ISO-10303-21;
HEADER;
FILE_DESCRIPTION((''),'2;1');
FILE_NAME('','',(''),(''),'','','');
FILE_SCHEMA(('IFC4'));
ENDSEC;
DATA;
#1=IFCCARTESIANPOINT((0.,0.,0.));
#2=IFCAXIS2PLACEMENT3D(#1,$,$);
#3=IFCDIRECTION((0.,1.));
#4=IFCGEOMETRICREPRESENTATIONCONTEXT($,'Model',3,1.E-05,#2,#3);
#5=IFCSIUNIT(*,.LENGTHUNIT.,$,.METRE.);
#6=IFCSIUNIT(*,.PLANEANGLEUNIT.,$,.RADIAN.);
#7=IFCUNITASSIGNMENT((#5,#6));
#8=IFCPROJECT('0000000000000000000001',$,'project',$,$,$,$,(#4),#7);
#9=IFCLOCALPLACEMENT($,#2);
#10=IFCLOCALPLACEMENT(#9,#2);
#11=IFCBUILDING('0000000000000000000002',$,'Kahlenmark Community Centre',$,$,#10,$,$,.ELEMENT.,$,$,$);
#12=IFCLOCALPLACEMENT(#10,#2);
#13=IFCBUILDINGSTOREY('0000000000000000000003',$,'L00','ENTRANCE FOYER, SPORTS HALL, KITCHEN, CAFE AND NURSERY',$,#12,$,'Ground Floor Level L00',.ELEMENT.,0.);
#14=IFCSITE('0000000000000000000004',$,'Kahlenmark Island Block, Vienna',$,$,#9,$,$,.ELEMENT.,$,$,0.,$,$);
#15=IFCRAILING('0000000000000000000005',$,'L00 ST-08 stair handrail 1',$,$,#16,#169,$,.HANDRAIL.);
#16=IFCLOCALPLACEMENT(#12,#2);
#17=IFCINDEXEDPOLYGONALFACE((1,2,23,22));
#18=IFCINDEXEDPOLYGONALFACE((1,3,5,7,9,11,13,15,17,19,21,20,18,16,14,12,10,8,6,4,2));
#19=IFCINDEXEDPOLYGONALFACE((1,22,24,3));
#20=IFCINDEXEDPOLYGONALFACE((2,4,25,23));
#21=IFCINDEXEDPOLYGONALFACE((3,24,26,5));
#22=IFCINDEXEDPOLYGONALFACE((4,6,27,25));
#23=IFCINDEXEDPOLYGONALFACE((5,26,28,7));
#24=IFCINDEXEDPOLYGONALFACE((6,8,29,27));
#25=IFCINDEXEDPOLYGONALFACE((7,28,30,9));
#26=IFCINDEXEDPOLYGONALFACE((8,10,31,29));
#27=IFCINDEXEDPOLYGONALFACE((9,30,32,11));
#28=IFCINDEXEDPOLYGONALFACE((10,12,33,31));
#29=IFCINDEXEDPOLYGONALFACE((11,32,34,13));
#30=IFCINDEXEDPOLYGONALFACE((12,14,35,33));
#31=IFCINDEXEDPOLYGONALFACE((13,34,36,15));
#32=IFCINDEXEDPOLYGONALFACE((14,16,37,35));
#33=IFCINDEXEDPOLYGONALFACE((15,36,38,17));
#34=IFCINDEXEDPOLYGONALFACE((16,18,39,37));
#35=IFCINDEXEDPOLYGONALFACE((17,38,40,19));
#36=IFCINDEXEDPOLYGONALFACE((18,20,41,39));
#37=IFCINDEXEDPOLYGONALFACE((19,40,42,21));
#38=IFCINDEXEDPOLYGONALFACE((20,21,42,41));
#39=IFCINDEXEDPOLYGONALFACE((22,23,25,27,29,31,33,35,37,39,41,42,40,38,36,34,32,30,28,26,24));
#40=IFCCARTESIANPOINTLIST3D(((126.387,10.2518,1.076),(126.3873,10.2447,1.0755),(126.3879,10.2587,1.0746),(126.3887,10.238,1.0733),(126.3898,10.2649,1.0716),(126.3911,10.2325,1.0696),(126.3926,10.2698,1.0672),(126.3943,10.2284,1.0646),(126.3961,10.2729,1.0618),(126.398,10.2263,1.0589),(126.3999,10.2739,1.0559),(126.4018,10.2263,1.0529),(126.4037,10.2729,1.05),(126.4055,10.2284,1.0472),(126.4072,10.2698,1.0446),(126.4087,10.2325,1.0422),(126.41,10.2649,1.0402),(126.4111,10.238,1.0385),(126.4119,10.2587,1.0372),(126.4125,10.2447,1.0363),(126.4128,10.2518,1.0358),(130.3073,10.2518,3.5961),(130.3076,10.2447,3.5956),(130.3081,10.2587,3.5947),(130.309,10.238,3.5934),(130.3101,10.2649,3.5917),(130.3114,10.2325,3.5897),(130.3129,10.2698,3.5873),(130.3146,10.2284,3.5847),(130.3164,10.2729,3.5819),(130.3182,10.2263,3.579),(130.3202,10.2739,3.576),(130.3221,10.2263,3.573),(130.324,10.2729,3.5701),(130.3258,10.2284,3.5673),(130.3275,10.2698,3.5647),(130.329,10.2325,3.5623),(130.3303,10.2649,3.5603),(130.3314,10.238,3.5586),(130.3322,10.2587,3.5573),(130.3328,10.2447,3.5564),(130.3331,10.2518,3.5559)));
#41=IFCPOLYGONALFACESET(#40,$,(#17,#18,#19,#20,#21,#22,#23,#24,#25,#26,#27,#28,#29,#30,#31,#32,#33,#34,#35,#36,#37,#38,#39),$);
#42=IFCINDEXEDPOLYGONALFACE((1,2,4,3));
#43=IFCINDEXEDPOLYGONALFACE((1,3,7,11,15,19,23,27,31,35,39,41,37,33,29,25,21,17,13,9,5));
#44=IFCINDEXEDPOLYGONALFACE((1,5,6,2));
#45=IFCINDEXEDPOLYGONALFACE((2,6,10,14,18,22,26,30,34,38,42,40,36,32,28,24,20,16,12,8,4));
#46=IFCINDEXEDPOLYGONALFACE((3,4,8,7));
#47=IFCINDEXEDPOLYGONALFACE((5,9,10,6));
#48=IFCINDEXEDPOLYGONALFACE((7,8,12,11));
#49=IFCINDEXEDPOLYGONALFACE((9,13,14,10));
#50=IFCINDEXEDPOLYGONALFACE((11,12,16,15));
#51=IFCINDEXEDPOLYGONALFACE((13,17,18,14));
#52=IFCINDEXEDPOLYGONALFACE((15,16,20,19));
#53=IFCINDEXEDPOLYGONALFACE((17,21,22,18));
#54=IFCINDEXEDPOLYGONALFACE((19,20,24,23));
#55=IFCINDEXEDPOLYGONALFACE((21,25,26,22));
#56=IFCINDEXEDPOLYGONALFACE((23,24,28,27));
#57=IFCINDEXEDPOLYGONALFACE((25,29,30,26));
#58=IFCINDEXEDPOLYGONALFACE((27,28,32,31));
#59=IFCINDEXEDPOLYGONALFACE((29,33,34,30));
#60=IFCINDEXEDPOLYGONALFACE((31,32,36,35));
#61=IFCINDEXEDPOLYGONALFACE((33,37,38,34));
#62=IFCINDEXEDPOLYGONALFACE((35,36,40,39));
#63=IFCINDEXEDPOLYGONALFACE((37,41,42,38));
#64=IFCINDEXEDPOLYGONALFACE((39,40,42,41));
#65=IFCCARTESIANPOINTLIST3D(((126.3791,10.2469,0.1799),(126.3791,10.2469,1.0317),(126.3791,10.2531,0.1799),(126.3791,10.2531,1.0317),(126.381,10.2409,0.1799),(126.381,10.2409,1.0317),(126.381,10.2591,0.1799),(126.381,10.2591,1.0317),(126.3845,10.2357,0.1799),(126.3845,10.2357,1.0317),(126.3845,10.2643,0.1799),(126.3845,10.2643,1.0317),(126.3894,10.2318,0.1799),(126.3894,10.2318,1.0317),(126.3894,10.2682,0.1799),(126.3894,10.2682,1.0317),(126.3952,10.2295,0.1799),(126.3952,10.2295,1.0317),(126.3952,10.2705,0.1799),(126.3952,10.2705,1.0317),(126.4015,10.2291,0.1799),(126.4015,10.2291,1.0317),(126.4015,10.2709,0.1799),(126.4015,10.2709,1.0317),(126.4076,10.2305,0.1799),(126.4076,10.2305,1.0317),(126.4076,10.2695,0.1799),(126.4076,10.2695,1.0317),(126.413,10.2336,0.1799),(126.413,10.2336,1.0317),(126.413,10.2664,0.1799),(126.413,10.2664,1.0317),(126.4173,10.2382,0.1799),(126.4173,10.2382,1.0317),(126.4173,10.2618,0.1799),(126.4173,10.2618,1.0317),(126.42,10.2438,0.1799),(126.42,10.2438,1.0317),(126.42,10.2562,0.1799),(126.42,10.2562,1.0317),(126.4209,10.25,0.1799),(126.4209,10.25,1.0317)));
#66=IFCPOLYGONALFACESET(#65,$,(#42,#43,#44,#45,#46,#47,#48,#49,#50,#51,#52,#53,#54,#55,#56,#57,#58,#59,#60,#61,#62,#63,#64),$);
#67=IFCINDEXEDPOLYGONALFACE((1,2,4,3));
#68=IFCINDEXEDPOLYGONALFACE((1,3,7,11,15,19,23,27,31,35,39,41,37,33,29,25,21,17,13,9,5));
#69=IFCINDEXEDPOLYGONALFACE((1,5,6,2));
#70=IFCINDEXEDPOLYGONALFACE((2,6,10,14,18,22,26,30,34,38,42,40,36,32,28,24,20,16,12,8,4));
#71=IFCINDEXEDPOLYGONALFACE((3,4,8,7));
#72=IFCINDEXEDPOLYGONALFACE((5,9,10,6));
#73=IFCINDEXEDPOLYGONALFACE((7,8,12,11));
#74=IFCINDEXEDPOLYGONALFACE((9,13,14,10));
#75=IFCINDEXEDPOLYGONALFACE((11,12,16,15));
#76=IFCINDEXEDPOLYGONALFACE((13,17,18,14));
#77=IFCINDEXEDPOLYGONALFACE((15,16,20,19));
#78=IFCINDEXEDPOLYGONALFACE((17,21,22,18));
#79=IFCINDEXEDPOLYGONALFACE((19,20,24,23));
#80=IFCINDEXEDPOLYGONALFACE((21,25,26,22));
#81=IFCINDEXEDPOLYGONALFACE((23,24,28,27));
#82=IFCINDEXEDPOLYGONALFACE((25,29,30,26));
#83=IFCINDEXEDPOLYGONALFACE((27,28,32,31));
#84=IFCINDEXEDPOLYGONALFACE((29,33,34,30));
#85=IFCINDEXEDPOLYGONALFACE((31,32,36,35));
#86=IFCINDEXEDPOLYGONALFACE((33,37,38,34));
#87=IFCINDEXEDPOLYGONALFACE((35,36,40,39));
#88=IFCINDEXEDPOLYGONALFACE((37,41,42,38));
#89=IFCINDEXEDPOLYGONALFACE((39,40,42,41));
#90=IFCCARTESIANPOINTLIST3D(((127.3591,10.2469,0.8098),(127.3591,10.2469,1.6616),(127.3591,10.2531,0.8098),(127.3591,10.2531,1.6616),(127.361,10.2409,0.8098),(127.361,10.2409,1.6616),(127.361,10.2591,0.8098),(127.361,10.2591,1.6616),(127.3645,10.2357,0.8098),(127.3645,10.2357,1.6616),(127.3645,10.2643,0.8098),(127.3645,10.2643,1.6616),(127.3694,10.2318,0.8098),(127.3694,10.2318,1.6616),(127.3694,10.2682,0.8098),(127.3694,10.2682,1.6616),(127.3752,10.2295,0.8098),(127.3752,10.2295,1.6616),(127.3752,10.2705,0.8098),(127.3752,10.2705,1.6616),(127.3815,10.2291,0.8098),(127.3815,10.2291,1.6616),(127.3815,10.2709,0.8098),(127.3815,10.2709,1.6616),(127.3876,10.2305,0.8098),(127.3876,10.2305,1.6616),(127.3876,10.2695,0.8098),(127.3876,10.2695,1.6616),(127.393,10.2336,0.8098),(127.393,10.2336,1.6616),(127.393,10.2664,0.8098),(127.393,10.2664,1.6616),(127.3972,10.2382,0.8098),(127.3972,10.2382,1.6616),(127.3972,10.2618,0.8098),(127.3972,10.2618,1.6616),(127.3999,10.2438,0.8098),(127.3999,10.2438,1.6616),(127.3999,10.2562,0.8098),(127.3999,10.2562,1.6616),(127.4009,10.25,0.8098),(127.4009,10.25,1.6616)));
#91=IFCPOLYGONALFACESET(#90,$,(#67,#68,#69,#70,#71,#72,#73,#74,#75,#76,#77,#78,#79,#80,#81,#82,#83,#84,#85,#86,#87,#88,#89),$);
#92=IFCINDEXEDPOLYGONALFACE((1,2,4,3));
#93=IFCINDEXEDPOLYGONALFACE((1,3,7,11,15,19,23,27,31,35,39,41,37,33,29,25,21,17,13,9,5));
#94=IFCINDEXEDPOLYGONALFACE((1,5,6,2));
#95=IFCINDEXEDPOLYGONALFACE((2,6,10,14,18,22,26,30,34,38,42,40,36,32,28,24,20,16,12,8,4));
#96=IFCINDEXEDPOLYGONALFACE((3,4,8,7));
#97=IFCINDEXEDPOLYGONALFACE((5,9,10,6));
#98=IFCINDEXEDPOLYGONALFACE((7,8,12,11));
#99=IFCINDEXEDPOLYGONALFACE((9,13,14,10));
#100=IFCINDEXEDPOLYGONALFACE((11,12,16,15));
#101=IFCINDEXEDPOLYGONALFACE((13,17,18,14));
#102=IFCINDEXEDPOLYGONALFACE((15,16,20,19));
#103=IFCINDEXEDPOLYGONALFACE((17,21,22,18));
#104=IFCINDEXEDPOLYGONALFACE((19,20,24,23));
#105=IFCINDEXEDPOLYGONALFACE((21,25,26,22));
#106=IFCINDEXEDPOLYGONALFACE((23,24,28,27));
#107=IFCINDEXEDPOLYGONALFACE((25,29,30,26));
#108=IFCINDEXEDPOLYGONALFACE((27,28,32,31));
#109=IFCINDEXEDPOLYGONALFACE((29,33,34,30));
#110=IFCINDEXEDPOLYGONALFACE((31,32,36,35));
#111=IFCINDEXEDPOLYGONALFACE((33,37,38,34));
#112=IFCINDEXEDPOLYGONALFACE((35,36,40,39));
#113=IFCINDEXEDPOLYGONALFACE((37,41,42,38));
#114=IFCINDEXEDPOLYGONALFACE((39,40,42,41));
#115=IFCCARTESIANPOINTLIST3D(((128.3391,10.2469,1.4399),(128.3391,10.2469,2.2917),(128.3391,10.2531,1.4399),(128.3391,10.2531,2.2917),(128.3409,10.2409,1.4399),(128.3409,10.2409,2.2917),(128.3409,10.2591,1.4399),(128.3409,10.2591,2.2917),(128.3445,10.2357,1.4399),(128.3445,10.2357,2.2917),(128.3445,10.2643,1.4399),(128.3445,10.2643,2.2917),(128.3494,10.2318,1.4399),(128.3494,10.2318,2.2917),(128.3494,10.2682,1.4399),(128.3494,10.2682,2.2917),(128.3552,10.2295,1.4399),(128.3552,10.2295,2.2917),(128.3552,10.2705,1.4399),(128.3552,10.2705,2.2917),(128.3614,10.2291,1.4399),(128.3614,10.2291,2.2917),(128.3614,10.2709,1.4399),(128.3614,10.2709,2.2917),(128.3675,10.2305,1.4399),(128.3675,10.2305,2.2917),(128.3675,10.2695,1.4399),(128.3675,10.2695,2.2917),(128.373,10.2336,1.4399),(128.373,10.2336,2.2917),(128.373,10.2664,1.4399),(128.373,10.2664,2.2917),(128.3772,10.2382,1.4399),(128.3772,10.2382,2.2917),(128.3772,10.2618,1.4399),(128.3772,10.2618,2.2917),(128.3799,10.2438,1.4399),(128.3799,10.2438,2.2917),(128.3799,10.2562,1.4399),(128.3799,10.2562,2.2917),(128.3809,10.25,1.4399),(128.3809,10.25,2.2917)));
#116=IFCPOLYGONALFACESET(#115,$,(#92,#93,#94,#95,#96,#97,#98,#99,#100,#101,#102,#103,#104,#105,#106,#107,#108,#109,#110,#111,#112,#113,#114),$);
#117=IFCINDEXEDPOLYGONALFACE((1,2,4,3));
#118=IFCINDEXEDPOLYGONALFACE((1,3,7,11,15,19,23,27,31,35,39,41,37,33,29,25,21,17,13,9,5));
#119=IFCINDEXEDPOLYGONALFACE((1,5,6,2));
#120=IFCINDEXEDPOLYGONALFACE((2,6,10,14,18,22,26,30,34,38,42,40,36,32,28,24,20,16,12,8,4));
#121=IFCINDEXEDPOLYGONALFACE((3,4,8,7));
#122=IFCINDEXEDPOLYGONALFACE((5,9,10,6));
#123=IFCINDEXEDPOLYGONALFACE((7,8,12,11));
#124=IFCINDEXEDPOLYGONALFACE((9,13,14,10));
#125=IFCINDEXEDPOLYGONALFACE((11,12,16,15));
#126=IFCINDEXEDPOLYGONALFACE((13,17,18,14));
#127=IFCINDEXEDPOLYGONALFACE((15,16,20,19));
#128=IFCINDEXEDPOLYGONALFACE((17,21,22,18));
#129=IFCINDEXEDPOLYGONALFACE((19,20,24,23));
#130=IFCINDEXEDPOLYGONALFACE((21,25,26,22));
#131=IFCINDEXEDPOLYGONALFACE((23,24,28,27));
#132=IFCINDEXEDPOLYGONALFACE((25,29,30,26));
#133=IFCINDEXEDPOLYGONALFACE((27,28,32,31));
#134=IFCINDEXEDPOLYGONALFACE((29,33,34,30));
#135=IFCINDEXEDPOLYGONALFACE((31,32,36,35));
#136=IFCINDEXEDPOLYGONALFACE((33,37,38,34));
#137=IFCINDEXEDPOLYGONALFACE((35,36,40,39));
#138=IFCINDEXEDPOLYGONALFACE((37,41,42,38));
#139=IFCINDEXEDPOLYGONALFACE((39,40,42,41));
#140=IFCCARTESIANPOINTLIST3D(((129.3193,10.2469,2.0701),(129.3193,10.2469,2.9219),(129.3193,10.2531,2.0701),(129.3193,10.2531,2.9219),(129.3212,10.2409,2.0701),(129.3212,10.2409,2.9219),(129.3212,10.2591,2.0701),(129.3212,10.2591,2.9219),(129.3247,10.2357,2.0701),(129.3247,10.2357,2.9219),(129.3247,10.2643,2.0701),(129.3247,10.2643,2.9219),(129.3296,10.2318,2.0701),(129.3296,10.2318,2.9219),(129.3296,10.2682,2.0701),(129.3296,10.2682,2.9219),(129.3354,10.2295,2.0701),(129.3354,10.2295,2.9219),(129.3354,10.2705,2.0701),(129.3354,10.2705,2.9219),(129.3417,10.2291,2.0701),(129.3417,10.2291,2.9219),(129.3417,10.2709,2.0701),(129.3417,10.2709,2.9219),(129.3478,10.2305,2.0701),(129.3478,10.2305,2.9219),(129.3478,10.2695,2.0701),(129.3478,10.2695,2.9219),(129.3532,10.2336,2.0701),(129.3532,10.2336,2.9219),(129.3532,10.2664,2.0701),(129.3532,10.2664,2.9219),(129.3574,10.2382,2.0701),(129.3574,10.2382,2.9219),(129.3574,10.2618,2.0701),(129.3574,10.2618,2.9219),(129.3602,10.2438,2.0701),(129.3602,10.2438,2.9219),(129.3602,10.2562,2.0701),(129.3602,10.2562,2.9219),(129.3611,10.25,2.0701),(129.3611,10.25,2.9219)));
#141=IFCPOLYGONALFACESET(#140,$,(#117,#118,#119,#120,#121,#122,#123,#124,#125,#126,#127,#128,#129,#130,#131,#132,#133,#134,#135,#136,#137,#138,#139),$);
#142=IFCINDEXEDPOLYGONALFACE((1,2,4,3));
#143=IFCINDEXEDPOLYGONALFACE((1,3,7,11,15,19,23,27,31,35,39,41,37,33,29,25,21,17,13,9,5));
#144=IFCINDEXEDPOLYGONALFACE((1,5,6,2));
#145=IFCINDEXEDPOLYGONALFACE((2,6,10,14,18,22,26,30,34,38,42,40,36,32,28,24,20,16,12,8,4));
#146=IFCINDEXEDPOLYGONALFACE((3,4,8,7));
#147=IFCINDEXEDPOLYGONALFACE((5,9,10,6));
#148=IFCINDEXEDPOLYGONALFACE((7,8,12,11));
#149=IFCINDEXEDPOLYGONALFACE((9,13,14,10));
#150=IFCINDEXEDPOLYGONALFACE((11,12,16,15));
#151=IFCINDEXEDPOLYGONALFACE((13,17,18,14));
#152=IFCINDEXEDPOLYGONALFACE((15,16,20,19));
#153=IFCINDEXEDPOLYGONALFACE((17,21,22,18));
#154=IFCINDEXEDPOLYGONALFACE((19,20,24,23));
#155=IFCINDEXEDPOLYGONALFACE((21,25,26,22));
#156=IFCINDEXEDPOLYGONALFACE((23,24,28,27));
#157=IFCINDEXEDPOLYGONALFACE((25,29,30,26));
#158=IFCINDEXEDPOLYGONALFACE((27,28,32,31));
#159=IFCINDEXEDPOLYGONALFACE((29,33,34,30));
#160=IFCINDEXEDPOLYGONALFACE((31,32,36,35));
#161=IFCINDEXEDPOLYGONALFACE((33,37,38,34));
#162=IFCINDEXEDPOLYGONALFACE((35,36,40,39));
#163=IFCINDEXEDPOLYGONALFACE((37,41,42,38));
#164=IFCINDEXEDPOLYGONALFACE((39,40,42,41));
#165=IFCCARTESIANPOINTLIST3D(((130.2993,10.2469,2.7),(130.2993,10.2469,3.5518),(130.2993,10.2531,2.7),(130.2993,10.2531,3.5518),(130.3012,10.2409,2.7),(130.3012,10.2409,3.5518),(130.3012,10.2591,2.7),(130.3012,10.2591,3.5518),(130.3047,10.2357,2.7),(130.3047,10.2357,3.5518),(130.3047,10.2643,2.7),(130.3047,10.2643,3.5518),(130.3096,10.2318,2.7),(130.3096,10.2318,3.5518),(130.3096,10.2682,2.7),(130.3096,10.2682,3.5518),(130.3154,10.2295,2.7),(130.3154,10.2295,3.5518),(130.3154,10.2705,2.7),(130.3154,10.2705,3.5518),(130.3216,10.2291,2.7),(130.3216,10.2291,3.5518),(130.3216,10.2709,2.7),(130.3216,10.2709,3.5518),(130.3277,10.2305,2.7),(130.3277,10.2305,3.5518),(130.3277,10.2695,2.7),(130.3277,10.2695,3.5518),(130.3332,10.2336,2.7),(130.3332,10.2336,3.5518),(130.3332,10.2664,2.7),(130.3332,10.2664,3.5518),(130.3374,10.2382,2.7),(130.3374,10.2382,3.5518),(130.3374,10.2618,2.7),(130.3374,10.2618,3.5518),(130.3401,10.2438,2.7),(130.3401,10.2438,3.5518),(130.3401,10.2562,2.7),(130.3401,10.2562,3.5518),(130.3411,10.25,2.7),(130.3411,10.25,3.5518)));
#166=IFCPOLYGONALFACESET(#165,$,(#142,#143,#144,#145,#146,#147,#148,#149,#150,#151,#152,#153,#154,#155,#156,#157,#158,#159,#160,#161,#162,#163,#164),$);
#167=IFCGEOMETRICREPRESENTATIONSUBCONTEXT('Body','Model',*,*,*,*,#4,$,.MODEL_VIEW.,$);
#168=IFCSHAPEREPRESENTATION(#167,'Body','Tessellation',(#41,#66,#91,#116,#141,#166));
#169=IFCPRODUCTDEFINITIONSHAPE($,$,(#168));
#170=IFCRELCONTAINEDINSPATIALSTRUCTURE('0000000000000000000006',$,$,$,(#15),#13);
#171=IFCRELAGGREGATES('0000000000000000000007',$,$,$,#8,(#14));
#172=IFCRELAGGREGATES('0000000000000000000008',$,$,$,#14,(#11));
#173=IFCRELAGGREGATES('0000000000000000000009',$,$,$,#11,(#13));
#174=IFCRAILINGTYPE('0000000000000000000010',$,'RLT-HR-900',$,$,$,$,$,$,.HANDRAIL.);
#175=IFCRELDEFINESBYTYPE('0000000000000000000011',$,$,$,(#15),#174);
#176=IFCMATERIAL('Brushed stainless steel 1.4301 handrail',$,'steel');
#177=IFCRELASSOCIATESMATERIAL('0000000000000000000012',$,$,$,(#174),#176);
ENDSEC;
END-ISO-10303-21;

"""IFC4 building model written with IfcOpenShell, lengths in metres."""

from ifc_helpers import new_model, si_unit, direction, frame, origin, origin_2d, place, context, subcontext, project, spatial, circle, extrude, material, type_object, element, save


model = new_model("IFC4")

# Units and contexts
model_context = context("Model", 3, precision=1e-05, world=origin(), true_north=direction((0.0, 1.0)))
body_context = subcontext(model_context, "Body", "Model", "MODEL_VIEW")
ifc_project = project(units=[si_unit("LENGTHUNIT", "METRE"), si_unit("PLANEANGLEUNIT", "RADIAN")], contexts=[model_context])

# Site, building, storey
site_placement = place(None, origin())
site = spatial("IfcSite", under=ifc_project, at=site_placement, Name="Kahlenmark Island Block, Vienna", CompositionType="ELEMENT", RefElevation=0.0)
building_placement = place(site_placement, origin())
building = spatial("IfcBuilding", under=site, at=building_placement, Name="Kahlenmark Community Centre", CompositionType="ELEMENT")
storey_placement = place(building_placement, origin())
storey = spatial("IfcBuildingStorey", under=building, at=storey_placement, Name="L00", Description="ENTRANCE FOYER, SPORTS HALL, KITCHEN, CAFE AND NURSERY", LongName="Ground Floor Level L00", CompositionType="ELEMENT", Elevation=0.0)

# Railing
ifc_material_1 = material(Name="Brushed stainless steel 1.4301 handrail", Category="steel")
railing_type_1 = type_object("IfcRailingType", Name="RLT-HR-900", PredefinedType="HANDRAIL", material=ifc_material_1)
railing_1_placement = place(storey_placement, frame((126.3999, 10.25, 0.1799)))
element("IfcRailing", 1, at=railing_1_placement, inside=storey, type_object=railing_type_1, Name="L00 ST-08 stair handrail 1", PredefinedType="HANDRAIL", context=body_context, shape_type="SweptSolid", body=[
    extrude(circle(Radius=0.0239, at=origin_2d()), frame((0.0, 0.0, 0.876), z_axis=(0.841187, 0.0, 0.540744), x_axis=(0.0, 1.0, 0.0)), (0.0, 0.0, 1.0), 4.6604),
    extrude(circle(Radius=0.021, at=origin_2d()), origin(), (0.0, 0.0, 1.0), 0.8518),
    extrude(circle(Radius=0.021, at=origin_2d()), frame((0.98, 0.0, 0.6299)), (0.0, 0.0, 1.0), 0.8518),
    extrude(circle(Radius=0.021, at=origin_2d()), frame((1.96, 0.0, 1.26)), (0.0, 0.0, 1.0), 0.8518),
    extrude(circle(Radius=0.021, at=origin_2d()), frame((2.9402, 0.0, 1.8901)), (0.0, 0.0, 1.0), 0.8518),
    extrude(circle(Radius=0.021, at=origin_2d()), frame((3.9202, 0.0, 2.52)), (0.0, 0.0, 1.0), 0.8518),
])

save(model, "model.ifc")
